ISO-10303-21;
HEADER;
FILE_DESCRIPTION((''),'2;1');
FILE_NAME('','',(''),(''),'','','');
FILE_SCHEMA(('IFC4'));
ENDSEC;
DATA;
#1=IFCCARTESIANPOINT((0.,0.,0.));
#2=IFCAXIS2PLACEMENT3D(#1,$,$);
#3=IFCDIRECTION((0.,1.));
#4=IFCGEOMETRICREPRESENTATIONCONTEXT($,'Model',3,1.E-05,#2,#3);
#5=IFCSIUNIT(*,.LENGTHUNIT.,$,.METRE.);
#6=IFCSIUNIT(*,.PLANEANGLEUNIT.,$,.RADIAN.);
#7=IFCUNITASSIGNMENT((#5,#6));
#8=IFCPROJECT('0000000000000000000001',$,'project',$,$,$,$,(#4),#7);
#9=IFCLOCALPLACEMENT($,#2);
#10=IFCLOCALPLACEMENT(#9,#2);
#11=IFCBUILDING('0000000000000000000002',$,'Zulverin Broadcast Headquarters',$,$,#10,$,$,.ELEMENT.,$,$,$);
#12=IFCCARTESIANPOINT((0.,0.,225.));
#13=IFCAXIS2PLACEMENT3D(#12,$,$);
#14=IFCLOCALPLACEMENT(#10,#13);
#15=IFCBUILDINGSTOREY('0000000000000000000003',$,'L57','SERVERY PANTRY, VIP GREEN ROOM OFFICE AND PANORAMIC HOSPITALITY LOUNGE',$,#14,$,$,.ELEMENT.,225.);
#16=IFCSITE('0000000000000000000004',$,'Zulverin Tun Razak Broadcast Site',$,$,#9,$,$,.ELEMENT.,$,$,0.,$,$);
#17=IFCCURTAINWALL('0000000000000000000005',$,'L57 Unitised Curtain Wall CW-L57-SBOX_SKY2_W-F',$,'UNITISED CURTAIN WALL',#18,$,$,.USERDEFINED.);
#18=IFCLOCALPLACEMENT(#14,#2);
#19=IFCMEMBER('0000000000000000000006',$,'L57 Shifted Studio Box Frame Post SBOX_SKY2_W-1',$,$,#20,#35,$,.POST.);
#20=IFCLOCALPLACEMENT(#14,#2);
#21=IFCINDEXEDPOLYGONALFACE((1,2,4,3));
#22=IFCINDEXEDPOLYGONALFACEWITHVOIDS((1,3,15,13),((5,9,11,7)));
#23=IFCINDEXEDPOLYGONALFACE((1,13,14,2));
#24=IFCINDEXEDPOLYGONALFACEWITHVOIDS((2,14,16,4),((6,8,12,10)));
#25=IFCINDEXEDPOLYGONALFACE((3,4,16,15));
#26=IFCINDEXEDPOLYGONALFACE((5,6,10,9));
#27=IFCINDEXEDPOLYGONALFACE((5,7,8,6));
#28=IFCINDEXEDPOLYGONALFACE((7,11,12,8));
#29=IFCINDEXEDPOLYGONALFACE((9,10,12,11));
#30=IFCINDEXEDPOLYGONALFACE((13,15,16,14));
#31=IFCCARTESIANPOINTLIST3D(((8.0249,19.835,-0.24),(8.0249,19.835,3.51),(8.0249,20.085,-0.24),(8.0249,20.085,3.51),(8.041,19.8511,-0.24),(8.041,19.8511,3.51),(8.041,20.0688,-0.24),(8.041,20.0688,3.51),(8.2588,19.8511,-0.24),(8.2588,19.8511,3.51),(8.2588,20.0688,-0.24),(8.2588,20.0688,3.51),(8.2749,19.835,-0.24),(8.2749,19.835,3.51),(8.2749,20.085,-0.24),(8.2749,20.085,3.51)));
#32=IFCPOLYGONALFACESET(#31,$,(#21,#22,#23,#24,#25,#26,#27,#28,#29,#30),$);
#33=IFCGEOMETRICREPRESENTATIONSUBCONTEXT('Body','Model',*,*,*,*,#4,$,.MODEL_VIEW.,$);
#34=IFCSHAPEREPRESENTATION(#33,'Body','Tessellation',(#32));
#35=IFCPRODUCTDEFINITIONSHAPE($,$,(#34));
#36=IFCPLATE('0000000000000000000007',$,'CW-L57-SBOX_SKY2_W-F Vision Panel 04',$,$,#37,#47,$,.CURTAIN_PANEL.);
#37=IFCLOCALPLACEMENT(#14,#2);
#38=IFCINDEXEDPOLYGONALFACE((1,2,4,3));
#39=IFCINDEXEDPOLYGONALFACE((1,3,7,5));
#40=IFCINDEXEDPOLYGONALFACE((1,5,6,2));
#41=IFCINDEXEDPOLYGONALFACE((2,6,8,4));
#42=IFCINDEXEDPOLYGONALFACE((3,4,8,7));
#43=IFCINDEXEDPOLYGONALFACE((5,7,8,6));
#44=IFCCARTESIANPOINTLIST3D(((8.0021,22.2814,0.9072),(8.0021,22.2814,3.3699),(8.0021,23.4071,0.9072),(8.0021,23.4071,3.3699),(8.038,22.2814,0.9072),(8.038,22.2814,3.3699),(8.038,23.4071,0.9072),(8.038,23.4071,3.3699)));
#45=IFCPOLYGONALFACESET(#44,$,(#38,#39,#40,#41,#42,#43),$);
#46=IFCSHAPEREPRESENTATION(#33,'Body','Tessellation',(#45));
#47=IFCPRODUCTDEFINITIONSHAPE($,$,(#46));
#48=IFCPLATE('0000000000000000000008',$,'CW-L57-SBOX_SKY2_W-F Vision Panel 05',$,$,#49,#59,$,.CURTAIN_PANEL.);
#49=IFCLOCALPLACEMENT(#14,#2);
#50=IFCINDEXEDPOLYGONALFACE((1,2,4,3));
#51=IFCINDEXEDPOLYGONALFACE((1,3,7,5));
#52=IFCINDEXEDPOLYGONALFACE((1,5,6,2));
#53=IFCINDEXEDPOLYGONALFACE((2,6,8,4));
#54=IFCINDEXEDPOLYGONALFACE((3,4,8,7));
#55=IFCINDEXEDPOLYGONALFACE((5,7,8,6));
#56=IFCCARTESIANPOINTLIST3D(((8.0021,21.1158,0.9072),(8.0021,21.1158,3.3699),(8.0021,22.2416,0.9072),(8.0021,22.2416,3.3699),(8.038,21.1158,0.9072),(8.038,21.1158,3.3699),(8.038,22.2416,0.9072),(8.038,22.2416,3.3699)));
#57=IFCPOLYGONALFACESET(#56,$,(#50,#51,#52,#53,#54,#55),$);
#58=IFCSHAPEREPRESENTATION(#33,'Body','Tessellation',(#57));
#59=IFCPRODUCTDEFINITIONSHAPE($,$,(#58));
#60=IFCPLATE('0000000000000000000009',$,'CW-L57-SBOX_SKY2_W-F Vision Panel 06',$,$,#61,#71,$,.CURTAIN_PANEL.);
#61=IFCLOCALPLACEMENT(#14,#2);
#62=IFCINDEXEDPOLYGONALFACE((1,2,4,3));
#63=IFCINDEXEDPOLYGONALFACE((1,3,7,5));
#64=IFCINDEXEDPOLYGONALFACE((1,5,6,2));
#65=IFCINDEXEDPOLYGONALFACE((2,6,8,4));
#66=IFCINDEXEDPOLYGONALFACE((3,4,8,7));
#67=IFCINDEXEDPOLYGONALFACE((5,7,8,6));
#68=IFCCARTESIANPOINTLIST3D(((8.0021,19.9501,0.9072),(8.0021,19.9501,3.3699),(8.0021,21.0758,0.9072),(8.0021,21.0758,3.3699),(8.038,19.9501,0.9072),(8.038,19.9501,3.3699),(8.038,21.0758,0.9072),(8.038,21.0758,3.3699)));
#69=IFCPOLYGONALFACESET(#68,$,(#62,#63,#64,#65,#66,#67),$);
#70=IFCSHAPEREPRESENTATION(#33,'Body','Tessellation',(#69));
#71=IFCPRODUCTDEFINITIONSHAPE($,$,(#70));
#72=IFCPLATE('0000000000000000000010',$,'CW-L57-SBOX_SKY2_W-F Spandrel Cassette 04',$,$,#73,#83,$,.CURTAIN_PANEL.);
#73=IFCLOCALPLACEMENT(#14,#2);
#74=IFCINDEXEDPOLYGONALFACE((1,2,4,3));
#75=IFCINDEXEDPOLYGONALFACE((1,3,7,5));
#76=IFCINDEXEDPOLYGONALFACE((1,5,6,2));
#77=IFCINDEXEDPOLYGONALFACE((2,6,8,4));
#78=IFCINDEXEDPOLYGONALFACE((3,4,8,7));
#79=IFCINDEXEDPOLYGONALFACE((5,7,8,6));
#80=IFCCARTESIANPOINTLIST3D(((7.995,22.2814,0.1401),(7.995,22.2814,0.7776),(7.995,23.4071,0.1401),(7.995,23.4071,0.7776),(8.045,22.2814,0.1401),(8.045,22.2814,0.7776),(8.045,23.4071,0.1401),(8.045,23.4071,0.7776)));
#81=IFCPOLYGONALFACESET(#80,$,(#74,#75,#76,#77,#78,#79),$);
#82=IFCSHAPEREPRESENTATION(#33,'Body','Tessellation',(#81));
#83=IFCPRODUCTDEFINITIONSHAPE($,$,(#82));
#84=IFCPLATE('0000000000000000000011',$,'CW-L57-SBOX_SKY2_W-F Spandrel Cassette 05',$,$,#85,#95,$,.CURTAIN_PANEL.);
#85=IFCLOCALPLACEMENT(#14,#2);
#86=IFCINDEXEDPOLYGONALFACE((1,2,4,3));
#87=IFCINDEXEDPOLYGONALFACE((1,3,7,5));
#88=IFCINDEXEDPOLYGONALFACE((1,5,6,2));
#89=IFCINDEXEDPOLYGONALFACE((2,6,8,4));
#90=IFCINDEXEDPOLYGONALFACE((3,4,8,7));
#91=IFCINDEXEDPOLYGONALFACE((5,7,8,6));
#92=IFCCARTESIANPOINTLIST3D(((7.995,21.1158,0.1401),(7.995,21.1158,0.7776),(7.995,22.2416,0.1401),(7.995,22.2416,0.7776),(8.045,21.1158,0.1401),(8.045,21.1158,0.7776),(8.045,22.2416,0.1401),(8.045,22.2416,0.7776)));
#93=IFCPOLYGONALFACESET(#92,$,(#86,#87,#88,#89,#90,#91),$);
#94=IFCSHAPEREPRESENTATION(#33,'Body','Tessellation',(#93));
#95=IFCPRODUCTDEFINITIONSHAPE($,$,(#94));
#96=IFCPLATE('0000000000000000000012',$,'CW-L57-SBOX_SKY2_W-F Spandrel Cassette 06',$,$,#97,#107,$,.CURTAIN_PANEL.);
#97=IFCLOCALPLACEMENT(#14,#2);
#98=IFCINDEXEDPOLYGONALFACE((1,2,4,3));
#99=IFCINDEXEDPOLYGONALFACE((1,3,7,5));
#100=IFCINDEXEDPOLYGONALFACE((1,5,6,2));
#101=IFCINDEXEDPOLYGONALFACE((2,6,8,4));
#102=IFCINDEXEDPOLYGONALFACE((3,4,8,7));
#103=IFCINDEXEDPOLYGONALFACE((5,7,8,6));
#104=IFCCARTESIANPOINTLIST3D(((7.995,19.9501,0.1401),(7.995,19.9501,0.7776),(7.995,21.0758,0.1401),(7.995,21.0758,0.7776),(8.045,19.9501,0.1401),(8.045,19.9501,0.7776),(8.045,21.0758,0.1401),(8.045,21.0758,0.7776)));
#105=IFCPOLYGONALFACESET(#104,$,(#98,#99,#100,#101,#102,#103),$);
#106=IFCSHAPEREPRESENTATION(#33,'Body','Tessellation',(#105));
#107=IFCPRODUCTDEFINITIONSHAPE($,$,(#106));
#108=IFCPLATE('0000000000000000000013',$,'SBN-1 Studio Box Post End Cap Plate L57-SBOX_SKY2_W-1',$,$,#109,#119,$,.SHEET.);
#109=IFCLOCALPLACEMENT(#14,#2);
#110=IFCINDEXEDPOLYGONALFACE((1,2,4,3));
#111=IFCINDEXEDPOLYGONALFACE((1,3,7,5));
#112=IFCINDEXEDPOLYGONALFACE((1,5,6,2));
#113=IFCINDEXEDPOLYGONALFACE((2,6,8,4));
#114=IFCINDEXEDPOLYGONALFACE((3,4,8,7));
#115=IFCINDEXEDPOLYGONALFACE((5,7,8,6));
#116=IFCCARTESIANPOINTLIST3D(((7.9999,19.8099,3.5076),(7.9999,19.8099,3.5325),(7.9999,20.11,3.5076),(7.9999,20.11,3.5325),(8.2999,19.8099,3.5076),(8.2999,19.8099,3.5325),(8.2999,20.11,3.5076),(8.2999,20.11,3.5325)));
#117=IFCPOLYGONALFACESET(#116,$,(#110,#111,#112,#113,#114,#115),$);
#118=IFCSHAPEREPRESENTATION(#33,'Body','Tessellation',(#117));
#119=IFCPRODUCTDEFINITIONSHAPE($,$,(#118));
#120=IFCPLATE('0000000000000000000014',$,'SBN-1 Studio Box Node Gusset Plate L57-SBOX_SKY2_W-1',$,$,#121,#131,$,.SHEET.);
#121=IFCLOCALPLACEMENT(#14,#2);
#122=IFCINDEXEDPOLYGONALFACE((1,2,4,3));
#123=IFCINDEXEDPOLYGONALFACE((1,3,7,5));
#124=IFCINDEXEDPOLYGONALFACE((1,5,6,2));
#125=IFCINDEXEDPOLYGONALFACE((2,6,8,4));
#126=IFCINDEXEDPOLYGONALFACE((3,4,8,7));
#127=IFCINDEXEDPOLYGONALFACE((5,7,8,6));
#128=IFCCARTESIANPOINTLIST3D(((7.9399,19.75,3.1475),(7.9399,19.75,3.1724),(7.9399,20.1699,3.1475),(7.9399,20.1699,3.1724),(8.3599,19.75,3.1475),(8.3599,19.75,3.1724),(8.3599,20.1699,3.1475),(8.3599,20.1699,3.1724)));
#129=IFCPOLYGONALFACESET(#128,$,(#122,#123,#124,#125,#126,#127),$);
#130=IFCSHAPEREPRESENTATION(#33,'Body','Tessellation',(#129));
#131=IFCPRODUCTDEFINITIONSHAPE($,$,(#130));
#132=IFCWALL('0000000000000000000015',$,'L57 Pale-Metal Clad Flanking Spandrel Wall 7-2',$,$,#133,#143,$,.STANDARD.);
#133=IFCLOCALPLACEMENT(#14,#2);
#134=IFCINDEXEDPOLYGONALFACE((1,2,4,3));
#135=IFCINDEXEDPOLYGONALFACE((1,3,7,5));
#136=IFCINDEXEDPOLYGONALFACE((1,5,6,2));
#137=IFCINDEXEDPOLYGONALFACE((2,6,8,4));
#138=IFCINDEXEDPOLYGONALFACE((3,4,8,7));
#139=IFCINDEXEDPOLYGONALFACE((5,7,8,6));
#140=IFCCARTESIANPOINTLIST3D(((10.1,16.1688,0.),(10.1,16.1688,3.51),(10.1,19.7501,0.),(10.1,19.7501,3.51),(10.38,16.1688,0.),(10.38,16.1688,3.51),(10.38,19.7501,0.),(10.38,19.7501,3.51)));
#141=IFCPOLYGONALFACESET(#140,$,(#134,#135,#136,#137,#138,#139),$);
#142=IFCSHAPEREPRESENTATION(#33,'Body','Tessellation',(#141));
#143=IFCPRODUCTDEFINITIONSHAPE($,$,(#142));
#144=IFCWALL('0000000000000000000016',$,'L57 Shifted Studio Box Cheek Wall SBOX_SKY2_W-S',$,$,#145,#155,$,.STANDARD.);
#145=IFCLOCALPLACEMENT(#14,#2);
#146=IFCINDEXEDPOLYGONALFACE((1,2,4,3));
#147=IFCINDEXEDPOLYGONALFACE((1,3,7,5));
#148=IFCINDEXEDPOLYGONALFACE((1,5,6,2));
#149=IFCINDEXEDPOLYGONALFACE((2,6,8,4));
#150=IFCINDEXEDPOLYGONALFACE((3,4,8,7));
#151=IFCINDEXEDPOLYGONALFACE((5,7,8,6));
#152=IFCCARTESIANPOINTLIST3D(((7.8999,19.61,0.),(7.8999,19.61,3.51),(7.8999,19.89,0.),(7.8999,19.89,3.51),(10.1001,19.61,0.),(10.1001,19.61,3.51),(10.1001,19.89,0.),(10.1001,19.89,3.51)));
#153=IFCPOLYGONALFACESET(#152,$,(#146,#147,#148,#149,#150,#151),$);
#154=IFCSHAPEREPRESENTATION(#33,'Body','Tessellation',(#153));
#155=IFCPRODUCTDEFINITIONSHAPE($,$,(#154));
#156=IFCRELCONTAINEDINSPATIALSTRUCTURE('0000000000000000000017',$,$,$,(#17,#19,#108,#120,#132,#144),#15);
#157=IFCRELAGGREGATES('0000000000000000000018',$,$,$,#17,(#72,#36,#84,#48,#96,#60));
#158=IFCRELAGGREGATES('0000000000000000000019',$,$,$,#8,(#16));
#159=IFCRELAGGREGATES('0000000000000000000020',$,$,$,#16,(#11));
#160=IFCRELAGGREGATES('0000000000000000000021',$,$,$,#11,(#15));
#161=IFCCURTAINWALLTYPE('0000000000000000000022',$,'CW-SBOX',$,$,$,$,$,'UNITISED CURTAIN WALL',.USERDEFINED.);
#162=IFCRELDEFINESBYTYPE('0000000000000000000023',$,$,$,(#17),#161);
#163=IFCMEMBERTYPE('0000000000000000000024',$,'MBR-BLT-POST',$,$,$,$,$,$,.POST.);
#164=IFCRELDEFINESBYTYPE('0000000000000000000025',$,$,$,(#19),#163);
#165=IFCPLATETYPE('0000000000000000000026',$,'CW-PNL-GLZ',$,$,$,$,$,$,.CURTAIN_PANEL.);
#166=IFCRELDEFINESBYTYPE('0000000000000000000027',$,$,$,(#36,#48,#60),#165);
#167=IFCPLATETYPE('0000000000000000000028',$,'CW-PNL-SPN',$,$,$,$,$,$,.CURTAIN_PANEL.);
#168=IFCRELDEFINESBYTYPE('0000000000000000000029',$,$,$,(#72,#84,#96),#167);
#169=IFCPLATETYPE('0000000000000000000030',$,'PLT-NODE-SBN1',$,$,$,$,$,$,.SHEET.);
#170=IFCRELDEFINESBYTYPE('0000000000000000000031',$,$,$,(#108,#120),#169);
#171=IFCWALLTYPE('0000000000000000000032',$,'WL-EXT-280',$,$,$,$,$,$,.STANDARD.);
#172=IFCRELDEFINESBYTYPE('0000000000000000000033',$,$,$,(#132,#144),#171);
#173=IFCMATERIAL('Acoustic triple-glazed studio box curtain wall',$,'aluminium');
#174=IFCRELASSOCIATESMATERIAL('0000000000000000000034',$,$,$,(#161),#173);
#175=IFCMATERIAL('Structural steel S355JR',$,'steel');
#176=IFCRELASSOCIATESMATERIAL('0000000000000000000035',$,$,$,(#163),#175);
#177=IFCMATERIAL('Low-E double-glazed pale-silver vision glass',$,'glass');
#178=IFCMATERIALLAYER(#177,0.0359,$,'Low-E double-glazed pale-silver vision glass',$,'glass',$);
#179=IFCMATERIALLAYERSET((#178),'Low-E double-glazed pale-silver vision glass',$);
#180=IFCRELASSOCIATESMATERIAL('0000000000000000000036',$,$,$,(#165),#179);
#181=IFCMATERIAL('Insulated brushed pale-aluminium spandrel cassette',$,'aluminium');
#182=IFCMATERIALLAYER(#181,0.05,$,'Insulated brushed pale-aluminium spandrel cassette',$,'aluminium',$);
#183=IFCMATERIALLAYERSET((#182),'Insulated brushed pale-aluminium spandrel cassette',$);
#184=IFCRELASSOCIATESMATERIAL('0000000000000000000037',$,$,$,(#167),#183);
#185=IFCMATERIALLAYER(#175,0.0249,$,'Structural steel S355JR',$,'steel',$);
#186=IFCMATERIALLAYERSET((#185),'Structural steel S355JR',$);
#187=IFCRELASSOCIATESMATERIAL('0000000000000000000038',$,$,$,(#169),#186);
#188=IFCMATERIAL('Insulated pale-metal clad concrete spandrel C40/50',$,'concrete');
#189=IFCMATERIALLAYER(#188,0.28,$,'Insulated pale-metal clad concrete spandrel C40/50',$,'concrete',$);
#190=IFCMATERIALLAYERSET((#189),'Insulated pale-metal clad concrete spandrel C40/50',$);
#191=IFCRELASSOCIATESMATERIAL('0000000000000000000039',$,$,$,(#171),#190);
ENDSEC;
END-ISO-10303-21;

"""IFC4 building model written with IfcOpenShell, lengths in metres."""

from ifc_helpers import new_model, si_unit, direction, frame, frame_2d, origin, origin_2d, place, context, subcontext, project, spatial, rectangle, hollow_rectangle, extrude, material, layer, layer_set, material_profile, profile_set, type_object, element, aggregate, save


model = new_model("IFC4")

# Units and contexts
model_context = context("Model", 3, precision=1e-05, world=origin(), true_north=direction((0.0, 1.0)))
body_context = subcontext(model_context, "Body", "Model", "MODEL_VIEW")
ifc_project = project(units=[si_unit("LENGTHUNIT", "METRE"), si_unit("PLANEANGLEUNIT", "RADIAN")], contexts=[model_context])

# Site, building, storey
site_placement = place(None, origin())
site = spatial("IfcSite", under=ifc_project, at=site_placement, Name="Zulverin Tun Razak Broadcast Site", CompositionType="ELEMENT", RefElevation=0.0)
building_placement = place(site_placement, origin())
building = spatial("IfcBuilding", under=site, at=building_placement, Name="Zulverin Broadcast Headquarters", CompositionType="ELEMENT")
storey_placement = place(building_placement, frame((0.0, 0.0, 225.0)))
storey = spatial("IfcBuildingStorey", under=building, at=storey_placement, Name="L57", Description="SERVERY PANTRY, VIP GREEN ROOM OFFICE AND PANORAMIC HOSPITALITY LOUNGE", CompositionType="ELEMENT", Elevation=225.0)

# Shared definitions
ifc_material_1 = material(Name="Structural steel S355JR", Category="steel")

# Curtain wall
ifc_material_2 = material(Name="Acoustic triple-glazed studio box curtain wall", Category="aluminium")
curtain_wall_type = type_object("IfcCurtainWallType", Name="CW-SBOX", ElementType="UNITISED CURTAIN WALL", PredefinedType="USERDEFINED", material=ifc_material_2)
curtain_wall_placement = place(storey_placement, origin())
curtain_wall = element("IfcCurtainWall", 1, at=curtain_wall_placement, inside=storey, type_object=curtain_wall_type, Name="L57 Unitised Curtain Wall CW-L57-SBOX_SKY2_W-F", ObjectType="UNITISED CURTAIN WALL", PredefinedType="USERDEFINED")

# Member
ifc_material_profile_1 = material_profile(ifc_material_1, hollow_rectangle(XDim=0.25, YDim=0.25, WallThickness=0.0161, at=origin_2d()), Name="Structural steel S355JR", Category="steel")
ifc_profile_set_1 = profile_set([ifc_material_profile_1], Name="Structural steel S355JR")
member_type_1 = type_object("IfcMemberType", Name="MBR-BLT-POST", PredefinedType="POST", material=ifc_profile_set_1)
member_1_placement = place(storey_placement, frame((8.1499, 19.96, -0.24), z_axis=(0.0, 0.0, 1.0), x_axis=(1.0, 0.0, 0.0)))
element("IfcMember", 2, at=member_1_placement, inside=storey, type_object=member_type_1, Name="L57 Shifted Studio Box Frame Post SBOX_SKY2_W-1", PredefinedType="POST", context=body_context, shape_type="SweptSolid", body=[
    extrude(hollow_rectangle(XDim=0.25, YDim=0.25, WallThickness=0.0161, at=origin_2d()), origin(), (0.0, 0.0, 1.0), 3.75),
])

# Plates
ifc_material_3 = material(Name="Low-E double-glazed pale-silver vision glass", Category="glass")
ifc_layer_1 = layer(ifc_material_3, 0.0359, Name="Low-E double-glazed pale-silver vision glass", Category="glass")
ifc_layer_set_1 = layer_set([ifc_layer_1], Name="Low-E double-glazed pale-silver vision glass")
plate_type_1 = type_object("IfcPlateType", Name="CW-PNL-GLZ", PredefinedType="CURTAIN_PANEL", material=ifc_layer_set_1)
plate_1_placement = place(storey_placement, frame((8.02, 22.8442, 0.9072), z_axis=(0.0, 0.0, 1.0), x_axis=(0.0, -1.0, 0.0)))
plate_1 = element("IfcPlate", 3, at=plate_1_placement, type_object=plate_type_1, Name="CW-L57-SBOX_SKY2_W-F Vision Panel 04", PredefinedType="CURTAIN_PANEL", context=body_context, shape_type="SweptSolid", body=[
    extrude(rectangle(XDim=1.1257, YDim=0.0359, at=origin_2d()), origin(), (0.0, 0.0, 1.0), 2.4626),
])
plate_2_placement = place(storey_placement, frame((8.02, 21.6787, 0.9072), z_axis=(0.0, 0.0, 1.0), x_axis=(0.0, -1.0, 0.0)))
plate_2 = element("IfcPlate", 4, at=plate_2_placement, type_object=plate_type_1, Name="CW-L57-SBOX_SKY2_W-F Vision Panel 05", PredefinedType="CURTAIN_PANEL", context=body_context, shape_type="SweptSolid", body=[
    extrude(rectangle(XDim=1.1257, YDim=0.0359, at=origin_2d()), origin(), (0.0, 0.0, 1.0), 2.4626),
])
plate_3_placement = place(storey_placement, frame((8.02, 20.5129, 0.9072), z_axis=(0.0, 0.0, 1.0), x_axis=(0.0, -1.0, 0.0)))
plate_3 = element("IfcPlate", 5, at=plate_3_placement, type_object=plate_type_1, Name="CW-L57-SBOX_SKY2_W-F Vision Panel 06", PredefinedType="CURTAIN_PANEL", context=body_context, shape_type="SweptSolid", body=[
    extrude(rectangle(XDim=1.1257, YDim=0.0359, at=origin_2d()), origin(), (0.0, 0.0, 1.0), 2.4626),
])
ifc_material_4 = material(Name="Insulated brushed pale-aluminium spandrel cassette", Category="aluminium")
ifc_layer_2 = layer(ifc_material_4, 0.05, Name="Insulated brushed pale-aluminium spandrel cassette", Category="aluminium")
ifc_layer_set_2 = layer_set([ifc_layer_2], Name="Insulated brushed pale-aluminium spandrel cassette")
plate_type_2 = type_object("IfcPlateType", Name="CW-PNL-SPN", PredefinedType="CURTAIN_PANEL", material=ifc_layer_set_2)
plate_4_placement = place(storey_placement, frame((8.02, 22.8442, 0.1401), z_axis=(0.0, 0.0, 1.0), x_axis=(0.0, -1.0, 0.0)))
plate_4 = element("IfcPlate", 6, at=plate_4_placement, type_object=plate_type_2, Name="CW-L57-SBOX_SKY2_W-F Spandrel Cassette 04", PredefinedType="CURTAIN_PANEL", context=body_context, shape_type="SweptSolid", body=[
    extrude(rectangle(XDim=1.1257, YDim=0.05, at=origin_2d()), origin(), (0.0, 0.0, 1.0), 0.6375),
])
plate_5_placement = place(storey_placement, frame((8.02, 21.6787, 0.1401), z_axis=(0.0, 0.0, 1.0), x_axis=(0.0, -1.0, 0.0)))
plate_5 = element("IfcPlate", 7, at=plate_5_placement, type_object=plate_type_2, Name="CW-L57-SBOX_SKY2_W-F Spandrel Cassette 05", PredefinedType="CURTAIN_PANEL", context=body_context, shape_type="SweptSolid", body=[
    extrude(rectangle(XDim=1.1257, YDim=0.05, at=origin_2d()), origin(), (0.0, 0.0, 1.0), 0.6375),
])
plate_6_placement = place(storey_placement, frame((8.02, 20.5129, 0.1401), z_axis=(0.0, 0.0, 1.0), x_axis=(0.0, -1.0, 0.0)))
plate_6 = element("IfcPlate", 8, at=plate_6_placement, type_object=plate_type_2, Name="CW-L57-SBOX_SKY2_W-F Spandrel Cassette 06", PredefinedType="CURTAIN_PANEL", context=body_context, shape_type="SweptSolid", body=[
    extrude(rectangle(XDim=1.1257, YDim=0.05, at=origin_2d()), origin(), (0.0, 0.0, 1.0), 0.6375),
])
aggregate(curtain_wall, [plate_4, plate_1, plate_5, plate_2, plate_6, plate_3])

# Plates
ifc_layer_3 = layer(ifc_material_1, 0.0249, Name="Structural steel S355JR", Category="steel")
ifc_layer_set_3 = layer_set([ifc_layer_3], Name="Structural steel S355JR")
plate_type_3 = type_object("IfcPlateType", Name="PLT-NODE-SBN1", PredefinedType="SHEET", material=ifc_layer_set_3)
plate_7_placement = place(storey_placement, frame((8.1499, 19.96, 3.5076), z_axis=(0.0, 0.0, 1.0), x_axis=(1.0, 0.0, 0.0)))
element("IfcPlate", 9, at=plate_7_placement, inside=storey, type_object=plate_type_3, Name="SBN-1 Studio Box Post End Cap Plate L57-SBOX_SKY2_W-1", PredefinedType="SHEET", context=body_context, shape_type="SweptSolid", body=[
    extrude(rectangle(XDim=0.3, YDim=0.3, at=origin_2d()), origin(), (0.0, 0.0, 1.0), 0.0249),
])
plate_8_placement = place(storey_placement, frame((8.1499, 19.96, 3.1475), z_axis=(0.0, 0.0, 1.0), x_axis=(1.0, 0.0, 0.0)))
element("IfcPlate", 10, at=plate_8_placement, inside=storey, type_object=plate_type_3, Name="SBN-1 Studio Box Node Gusset Plate L57-SBOX_SKY2_W-1", PredefinedType="SHEET", context=body_context, shape_type="SweptSolid", body=[
    extrude(rectangle(XDim=0.4199, YDim=0.4199, at=origin_2d()), origin(), (0.0, 0.0, 1.0), 0.0249),
])

# Walls
ifc_material_5 = material(Name="Insulated pale-metal clad concrete spandrel C40/50", Category="concrete")
ifc_layer_4 = layer(ifc_material_5, 0.28, Name="Insulated pale-metal clad concrete spandrel C40/50", Category="concrete")
ifc_layer_set_4 = layer_set([ifc_layer_4], Name="Insulated pale-metal clad concrete spandrel C40/50")
wall_type = type_object("IfcWallType", Name="WL-EXT-280", PredefinedType="STANDARD", material=ifc_layer_set_4)
wall_1_placement = place(storey_placement, frame((10.24, 19.75, 0.0), z_axis=(0.0, 0.0, 1.0), x_axis=(0.0, -1.0, 0.0)))
element("IfcWall", 11, at=wall_1_placement, inside=storey, type_object=wall_type, Name="L57 Pale-Metal Clad Flanking Spandrel Wall 7-2", PredefinedType="STANDARD", context=body_context, shape_type="SweptSolid", body=[
    extrude(rectangle(XDim=3.5813, YDim=0.28, at=frame_2d((1.7905, 0.0))), origin(), (0.0, 0.0, 1.0), 3.51),
])
wall_2_placement = place(storey_placement, frame((7.8999, 19.75, 0.0), z_axis=(0.0, 0.0, 1.0), x_axis=(1.0, 0.0, 0.0)))
element("IfcWall", 12, at=wall_2_placement, inside=storey, type_object=wall_type, Name="L57 Shifted Studio Box Cheek Wall SBOX_SKY2_W-S", PredefinedType="STANDARD", context=body_context, shape_type="SweptSolid", body=[
    extrude(rectangle(XDim=2.2002, YDim=0.28, at=frame_2d((1.1001, 0.0))), origin(), (0.0, 0.0, 1.0), 3.51),
])

save(model, "model.ifc")
